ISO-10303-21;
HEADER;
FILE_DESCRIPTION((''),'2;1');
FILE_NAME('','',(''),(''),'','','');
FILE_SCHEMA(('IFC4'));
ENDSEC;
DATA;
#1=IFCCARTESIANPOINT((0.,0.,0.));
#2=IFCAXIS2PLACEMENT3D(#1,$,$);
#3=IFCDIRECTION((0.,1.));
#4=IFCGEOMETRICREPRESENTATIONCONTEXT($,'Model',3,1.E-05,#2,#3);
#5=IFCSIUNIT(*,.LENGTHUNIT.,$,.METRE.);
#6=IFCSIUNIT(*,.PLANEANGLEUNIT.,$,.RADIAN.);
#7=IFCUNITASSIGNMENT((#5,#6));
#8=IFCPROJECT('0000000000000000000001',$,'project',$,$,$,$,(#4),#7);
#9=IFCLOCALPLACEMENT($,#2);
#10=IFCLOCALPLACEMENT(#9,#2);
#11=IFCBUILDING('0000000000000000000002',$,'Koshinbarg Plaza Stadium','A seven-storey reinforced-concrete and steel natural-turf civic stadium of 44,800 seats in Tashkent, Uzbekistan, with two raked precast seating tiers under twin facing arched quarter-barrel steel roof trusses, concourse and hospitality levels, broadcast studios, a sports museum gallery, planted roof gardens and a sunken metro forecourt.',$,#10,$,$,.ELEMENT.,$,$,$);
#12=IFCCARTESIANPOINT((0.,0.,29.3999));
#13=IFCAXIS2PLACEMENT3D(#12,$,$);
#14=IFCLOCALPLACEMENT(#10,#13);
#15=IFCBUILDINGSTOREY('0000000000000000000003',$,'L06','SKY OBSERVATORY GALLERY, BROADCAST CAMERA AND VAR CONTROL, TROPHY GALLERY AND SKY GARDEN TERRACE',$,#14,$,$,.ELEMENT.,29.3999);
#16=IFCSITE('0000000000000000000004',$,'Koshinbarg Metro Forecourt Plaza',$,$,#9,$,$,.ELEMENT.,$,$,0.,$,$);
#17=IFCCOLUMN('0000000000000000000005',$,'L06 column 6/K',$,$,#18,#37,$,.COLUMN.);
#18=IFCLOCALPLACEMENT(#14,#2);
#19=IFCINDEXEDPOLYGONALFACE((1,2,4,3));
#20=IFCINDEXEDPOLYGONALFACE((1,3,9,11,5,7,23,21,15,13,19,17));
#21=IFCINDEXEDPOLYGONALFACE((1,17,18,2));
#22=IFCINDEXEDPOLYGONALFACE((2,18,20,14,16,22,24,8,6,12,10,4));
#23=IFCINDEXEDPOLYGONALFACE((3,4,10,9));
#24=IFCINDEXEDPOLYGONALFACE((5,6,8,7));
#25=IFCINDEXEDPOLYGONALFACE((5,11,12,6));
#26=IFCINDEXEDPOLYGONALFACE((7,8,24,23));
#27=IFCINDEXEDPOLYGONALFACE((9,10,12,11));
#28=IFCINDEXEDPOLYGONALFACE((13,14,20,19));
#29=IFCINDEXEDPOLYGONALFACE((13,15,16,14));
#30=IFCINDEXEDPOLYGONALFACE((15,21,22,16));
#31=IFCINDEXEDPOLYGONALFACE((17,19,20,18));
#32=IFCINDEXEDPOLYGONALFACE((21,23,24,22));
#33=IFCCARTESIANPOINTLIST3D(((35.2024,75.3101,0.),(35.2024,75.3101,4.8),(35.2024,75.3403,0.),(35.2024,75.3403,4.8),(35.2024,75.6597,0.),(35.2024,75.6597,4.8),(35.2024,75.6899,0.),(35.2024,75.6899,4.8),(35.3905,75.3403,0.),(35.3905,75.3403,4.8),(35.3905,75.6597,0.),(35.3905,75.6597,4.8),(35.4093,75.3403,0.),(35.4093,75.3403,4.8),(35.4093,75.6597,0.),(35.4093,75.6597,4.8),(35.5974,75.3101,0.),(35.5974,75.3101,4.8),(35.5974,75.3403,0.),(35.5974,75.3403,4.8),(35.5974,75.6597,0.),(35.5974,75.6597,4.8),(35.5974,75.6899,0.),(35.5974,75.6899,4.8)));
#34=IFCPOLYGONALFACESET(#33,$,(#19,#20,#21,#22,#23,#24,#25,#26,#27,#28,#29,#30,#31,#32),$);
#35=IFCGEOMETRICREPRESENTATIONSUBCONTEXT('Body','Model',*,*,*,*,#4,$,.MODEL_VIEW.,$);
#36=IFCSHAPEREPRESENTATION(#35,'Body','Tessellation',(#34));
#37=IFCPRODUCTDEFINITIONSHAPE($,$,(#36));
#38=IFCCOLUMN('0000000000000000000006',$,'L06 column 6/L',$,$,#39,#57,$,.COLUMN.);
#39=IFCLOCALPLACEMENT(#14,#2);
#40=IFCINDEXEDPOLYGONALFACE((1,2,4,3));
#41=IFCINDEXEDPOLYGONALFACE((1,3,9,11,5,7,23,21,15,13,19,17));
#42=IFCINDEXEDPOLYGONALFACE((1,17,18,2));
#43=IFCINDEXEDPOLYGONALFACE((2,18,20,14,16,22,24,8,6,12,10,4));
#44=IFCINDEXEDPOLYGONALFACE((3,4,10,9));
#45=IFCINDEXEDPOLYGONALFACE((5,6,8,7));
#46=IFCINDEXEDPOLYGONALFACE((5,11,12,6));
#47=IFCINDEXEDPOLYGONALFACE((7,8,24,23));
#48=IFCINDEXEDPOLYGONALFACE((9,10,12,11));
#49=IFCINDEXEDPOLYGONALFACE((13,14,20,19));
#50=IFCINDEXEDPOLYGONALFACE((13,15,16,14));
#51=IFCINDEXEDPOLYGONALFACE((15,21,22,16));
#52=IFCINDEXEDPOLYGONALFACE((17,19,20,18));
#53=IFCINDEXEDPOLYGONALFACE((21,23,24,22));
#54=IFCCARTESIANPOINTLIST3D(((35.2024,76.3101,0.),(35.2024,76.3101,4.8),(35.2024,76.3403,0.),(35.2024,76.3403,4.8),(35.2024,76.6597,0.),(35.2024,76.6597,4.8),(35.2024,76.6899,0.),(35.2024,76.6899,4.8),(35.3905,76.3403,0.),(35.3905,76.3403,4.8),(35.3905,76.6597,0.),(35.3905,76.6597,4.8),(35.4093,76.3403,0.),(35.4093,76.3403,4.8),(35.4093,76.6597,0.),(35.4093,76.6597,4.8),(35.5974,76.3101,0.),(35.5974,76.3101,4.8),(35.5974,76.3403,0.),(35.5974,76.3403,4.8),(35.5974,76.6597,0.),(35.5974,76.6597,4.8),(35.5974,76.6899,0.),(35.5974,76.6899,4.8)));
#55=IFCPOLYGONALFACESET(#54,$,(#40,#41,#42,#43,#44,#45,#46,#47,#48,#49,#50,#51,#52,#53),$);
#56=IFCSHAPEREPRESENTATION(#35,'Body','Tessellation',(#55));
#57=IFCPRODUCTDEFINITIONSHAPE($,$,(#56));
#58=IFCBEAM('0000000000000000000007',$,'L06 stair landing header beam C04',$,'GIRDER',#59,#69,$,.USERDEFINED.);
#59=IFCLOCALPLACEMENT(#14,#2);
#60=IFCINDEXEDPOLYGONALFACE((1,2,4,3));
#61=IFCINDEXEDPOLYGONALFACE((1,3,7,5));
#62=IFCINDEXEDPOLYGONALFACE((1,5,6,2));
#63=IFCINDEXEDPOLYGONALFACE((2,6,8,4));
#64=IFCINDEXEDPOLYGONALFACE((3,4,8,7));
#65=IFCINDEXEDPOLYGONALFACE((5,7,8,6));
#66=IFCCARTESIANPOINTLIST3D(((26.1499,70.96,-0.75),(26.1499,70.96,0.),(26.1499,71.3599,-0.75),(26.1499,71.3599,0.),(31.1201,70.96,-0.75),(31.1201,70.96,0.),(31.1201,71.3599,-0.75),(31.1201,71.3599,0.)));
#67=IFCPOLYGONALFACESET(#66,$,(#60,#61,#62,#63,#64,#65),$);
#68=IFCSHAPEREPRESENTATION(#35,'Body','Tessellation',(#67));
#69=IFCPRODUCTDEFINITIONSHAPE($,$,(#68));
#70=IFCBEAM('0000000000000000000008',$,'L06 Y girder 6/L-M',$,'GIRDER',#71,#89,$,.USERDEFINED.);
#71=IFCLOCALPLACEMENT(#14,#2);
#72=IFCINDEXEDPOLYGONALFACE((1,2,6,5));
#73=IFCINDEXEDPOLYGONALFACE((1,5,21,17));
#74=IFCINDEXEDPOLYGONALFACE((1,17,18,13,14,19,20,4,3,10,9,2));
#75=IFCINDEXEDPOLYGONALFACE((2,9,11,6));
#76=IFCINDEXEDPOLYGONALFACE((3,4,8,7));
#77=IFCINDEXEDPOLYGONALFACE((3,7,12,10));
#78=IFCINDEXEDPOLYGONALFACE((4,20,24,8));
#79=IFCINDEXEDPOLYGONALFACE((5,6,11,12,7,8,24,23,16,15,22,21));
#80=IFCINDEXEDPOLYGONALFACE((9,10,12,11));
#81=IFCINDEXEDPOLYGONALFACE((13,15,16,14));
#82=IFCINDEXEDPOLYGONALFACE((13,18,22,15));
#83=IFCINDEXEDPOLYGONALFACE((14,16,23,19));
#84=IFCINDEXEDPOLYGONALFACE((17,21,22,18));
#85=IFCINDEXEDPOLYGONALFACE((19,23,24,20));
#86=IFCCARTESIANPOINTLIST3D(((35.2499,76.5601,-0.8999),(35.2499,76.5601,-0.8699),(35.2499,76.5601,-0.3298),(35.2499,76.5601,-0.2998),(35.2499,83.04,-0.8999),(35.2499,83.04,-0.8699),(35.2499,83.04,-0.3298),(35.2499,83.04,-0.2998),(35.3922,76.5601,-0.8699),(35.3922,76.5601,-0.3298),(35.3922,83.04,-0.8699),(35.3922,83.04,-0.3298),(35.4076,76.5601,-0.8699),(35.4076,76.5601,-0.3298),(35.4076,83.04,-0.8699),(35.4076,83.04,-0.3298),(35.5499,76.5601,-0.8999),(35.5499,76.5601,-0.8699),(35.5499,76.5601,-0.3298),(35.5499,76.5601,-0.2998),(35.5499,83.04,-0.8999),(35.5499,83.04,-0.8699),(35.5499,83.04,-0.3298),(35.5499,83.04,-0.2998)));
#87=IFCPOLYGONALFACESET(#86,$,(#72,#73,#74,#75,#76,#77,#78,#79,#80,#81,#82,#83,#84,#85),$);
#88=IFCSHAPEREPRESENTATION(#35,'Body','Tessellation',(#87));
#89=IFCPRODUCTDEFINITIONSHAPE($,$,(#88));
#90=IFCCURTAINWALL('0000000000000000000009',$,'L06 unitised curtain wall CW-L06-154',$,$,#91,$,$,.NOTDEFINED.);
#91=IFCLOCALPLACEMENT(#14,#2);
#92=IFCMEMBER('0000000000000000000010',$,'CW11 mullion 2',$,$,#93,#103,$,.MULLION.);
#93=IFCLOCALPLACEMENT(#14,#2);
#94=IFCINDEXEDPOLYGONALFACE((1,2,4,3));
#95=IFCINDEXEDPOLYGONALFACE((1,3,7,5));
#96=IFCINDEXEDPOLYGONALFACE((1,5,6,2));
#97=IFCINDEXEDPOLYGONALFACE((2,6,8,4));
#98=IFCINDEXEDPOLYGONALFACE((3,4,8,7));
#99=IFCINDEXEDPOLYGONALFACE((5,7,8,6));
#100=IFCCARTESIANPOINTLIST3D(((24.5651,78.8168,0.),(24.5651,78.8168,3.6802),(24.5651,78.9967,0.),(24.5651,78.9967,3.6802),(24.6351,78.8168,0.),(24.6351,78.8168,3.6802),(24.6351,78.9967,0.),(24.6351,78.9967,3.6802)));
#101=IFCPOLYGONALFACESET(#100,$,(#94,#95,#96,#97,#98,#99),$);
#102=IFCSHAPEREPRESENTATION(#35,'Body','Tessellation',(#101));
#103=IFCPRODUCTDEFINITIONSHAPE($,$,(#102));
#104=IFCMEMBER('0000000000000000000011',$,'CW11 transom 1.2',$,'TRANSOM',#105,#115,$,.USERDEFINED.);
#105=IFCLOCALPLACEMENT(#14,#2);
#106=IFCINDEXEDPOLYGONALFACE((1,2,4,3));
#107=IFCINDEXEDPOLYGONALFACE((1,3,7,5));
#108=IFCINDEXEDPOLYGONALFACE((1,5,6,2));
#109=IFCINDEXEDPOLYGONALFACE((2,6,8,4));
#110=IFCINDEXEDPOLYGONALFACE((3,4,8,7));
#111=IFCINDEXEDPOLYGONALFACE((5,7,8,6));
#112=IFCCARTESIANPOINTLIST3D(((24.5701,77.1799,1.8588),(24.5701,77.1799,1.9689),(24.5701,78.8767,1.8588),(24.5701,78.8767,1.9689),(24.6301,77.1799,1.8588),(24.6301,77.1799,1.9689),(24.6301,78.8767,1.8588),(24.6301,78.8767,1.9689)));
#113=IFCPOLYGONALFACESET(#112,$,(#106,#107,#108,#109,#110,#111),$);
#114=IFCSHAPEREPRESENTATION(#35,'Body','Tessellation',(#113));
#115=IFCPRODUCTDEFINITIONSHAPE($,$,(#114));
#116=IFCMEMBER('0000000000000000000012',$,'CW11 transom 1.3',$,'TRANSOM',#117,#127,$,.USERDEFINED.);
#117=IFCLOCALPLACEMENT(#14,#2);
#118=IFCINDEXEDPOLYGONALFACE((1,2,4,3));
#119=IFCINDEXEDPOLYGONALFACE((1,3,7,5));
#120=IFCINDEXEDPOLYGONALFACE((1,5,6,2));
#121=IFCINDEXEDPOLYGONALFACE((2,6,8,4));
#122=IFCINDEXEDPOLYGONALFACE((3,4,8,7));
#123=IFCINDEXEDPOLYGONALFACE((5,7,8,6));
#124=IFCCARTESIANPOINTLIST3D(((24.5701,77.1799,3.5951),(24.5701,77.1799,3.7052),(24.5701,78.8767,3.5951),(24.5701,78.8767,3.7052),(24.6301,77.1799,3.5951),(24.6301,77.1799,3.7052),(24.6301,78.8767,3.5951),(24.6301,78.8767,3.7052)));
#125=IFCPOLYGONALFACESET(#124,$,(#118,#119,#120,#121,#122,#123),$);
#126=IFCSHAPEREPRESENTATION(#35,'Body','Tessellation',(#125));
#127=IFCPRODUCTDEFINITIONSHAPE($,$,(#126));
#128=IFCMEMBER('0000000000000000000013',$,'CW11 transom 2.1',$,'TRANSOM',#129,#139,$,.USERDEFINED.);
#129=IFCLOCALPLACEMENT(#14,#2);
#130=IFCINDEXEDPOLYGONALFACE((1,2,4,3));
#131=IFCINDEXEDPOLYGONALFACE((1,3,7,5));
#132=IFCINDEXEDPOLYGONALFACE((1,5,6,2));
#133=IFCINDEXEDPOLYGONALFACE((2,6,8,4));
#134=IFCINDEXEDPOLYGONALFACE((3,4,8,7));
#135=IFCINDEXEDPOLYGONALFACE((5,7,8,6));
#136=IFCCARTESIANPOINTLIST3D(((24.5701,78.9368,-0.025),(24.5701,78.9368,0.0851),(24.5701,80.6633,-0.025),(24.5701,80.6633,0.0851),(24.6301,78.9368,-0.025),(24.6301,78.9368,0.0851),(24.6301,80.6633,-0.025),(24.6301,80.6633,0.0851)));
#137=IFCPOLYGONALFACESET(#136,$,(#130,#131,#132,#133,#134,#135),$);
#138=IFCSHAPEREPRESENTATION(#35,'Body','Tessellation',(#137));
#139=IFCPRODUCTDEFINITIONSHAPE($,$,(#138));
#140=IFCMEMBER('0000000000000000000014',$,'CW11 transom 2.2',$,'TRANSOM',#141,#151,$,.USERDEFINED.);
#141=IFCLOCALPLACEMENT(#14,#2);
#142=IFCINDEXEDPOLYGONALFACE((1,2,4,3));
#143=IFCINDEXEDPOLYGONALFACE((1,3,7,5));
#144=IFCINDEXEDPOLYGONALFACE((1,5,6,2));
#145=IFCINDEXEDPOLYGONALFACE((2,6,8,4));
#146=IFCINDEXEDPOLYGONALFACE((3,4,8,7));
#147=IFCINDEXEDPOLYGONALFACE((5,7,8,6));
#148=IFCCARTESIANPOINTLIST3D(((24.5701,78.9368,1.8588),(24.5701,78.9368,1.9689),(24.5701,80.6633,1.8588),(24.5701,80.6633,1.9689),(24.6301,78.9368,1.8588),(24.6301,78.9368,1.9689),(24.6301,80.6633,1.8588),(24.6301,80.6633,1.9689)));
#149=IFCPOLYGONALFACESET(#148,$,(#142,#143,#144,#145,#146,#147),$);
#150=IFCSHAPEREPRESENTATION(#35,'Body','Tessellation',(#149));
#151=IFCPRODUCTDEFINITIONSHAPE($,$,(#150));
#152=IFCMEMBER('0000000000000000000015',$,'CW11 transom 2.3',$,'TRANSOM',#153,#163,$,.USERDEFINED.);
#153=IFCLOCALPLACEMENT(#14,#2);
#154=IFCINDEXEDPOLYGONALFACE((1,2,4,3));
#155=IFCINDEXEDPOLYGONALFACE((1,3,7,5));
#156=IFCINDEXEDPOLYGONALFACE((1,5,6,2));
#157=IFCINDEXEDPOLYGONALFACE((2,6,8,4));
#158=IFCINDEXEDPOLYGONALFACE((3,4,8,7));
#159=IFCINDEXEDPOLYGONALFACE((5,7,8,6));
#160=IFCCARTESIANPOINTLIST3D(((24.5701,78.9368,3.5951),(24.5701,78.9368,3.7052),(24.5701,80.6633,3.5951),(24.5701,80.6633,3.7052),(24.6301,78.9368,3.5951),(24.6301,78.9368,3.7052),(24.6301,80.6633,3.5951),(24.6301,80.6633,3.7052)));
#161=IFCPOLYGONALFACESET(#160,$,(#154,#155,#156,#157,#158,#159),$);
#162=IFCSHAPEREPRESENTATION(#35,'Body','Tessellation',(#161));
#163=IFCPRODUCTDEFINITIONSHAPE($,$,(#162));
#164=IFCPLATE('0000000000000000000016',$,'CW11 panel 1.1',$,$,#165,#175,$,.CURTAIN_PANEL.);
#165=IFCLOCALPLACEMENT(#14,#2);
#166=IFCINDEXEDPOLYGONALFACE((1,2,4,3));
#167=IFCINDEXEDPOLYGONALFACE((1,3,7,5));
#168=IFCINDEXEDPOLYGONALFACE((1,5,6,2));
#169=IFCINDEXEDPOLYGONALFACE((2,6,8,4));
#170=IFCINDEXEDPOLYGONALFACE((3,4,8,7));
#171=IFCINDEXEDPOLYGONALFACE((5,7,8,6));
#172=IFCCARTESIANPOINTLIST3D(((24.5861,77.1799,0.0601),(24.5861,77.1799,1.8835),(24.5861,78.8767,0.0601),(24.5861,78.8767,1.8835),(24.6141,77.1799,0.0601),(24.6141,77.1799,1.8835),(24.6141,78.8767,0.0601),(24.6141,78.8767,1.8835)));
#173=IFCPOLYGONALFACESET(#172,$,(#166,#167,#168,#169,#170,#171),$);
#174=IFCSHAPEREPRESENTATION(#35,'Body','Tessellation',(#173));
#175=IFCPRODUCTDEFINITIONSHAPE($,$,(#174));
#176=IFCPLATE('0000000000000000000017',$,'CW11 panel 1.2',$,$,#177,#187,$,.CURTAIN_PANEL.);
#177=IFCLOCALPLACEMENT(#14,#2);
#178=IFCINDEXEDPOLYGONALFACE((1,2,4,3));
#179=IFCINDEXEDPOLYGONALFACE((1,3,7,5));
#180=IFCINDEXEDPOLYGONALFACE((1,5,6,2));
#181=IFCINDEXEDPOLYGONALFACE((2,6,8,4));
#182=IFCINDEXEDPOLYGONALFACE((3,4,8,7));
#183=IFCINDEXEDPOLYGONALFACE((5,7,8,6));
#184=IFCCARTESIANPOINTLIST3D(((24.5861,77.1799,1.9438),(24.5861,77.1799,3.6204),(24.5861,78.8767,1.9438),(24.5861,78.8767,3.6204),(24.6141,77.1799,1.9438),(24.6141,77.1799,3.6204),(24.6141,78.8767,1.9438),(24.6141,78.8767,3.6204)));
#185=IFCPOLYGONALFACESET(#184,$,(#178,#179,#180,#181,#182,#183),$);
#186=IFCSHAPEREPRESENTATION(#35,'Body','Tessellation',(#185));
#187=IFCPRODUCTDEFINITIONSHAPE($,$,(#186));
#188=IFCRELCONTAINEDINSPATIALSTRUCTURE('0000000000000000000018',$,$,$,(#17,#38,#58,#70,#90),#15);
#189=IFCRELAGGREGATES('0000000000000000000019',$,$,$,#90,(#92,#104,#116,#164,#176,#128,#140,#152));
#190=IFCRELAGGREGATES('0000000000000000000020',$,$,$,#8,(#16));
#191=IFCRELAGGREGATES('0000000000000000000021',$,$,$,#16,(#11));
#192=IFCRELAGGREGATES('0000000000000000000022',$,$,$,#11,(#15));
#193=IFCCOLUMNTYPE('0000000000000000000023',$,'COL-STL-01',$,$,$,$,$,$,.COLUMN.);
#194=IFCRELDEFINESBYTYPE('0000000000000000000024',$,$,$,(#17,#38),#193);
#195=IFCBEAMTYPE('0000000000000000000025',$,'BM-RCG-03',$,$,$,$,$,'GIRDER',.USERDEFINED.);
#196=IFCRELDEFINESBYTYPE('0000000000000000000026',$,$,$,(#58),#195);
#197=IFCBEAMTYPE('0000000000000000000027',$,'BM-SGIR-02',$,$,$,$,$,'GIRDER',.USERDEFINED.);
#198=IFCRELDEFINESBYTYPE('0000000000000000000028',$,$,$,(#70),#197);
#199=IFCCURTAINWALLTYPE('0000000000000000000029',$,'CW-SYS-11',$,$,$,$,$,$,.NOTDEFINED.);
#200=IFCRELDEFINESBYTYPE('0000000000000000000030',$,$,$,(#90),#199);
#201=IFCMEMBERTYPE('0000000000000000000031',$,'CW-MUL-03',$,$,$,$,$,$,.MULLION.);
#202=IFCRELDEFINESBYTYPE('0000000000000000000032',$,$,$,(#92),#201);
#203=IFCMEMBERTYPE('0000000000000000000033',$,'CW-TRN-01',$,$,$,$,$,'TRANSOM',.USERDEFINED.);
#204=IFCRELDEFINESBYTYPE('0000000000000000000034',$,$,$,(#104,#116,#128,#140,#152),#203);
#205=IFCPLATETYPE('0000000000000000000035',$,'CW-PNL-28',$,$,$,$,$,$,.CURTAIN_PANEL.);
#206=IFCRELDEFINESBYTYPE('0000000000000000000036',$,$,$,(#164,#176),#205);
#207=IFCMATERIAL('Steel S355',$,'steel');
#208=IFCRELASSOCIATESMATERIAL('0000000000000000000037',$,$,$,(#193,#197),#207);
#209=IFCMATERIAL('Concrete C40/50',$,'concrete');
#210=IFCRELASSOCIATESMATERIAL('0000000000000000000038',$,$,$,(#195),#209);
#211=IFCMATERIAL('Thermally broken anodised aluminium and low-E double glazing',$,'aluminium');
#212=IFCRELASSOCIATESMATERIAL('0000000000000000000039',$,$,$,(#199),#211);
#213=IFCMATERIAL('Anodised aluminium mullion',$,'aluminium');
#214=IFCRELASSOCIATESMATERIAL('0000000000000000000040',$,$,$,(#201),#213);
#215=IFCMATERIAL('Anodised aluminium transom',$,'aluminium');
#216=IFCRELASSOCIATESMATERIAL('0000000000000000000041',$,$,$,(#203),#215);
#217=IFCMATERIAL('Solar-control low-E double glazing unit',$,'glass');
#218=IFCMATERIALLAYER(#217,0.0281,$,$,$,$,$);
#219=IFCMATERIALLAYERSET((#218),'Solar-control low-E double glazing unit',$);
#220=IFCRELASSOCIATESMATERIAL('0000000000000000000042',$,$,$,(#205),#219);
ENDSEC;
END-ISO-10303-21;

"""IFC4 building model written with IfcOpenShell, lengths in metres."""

from ifc_helpers import new_model, si_unit, direction, frame, origin, origin_2d, place, context, subcontext, project, spatial, rectangle, i_section, extrude, material, layer, layer_set, material_profile, profile_set, type_object, element, aggregate, save


model = new_model("IFC4")

# Units and contexts
model_context = context("Model", 3, precision=1e-05, world=origin(), true_north=direction((0.0, 1.0)))
body_context = subcontext(model_context, "Body", "Model", "MODEL_VIEW")
ifc_project = project(units=[si_unit("LENGTHUNIT", "METRE"), si_unit("PLANEANGLEUNIT", "RADIAN")], contexts=[model_context])

# Site, building, storey
site_placement = place(None, origin())
site = spatial("IfcSite", under=ifc_project, at=site_placement, Name="Koshinbarg Metro Forecourt Plaza", CompositionType="ELEMENT", RefElevation=0.0)
building_placement = place(site_placement, origin())
building = spatial("IfcBuilding", under=site, at=building_placement, Name="Koshinbarg Plaza Stadium", Description="A seven-storey reinforced-concrete and steel natural-turf civic stadium of 44,800 seats in Tashkent, Uzbekistan, with two raked precast seating tiers under twin facing arched quarter-barrel steel roof trusses, concourse and hospitality levels, broadcast studios, a sports museum gallery, planted roof gardens and a sunken metro forecourt.", CompositionType="ELEMENT")
storey_placement = place(building_placement, frame((0.0, 0.0, 29.3999)))
storey = spatial("IfcBuildingStorey", under=building, at=storey_placement, Name="L06", Description="SKY OBSERVATORY GALLERY, BROADCAST CAMERA AND VAR CONTROL, TROPHY GALLERY AND SKY GARDEN TERRACE", CompositionType="ELEMENT", Elevation=29.3999)

# Columns
ifc_material_1 = material(Name="Steel S355", Category="steel")
ifc_material_profile_1 = material_profile(ifc_material_1, i_section(OverallWidth=0.395, OverallDepth=0.3799, WebThickness=0.0188, FlangeThickness=0.0303, at=origin_2d()), Name="HD 400x237")
ifc_profile_set_1 = profile_set([ifc_material_profile_1], Name="Steel S355")
column_type = type_object("IfcColumnType", Name="COL-STL-01", PredefinedType="COLUMN", material=ifc_profile_set_1)
for number, where, z_axis, x_axis, name in (
    (1, (35.3999, 75.5, 0.0), (0.0, 0.0, 1.0), (1.0, 0.0, 0.0), "L06 column 6/K"),
    (2, (35.3999, 76.5, 0.0), (0.0, 0.0, 1.0), (1.0, 0.0, 0.0), "L06 column 6/L"),
):
    element("IfcColumn", number, at=place(storey_placement, frame(where, z_axis=z_axis, x_axis=x_axis)), inside=storey, type_object=column_type, Name=name, PredefinedType="COLUMN", context=body_context, shape_type="SweptSolid", body=[
        extrude(i_section(OverallWidth=0.395, OverallDepth=0.3799, WebThickness=0.0188, FlangeThickness=0.0303, at=origin_2d()), origin(), (0.0, 0.0, 1.0), 4.8),
    ])

# Beams
ifc_material_2 = material(Name="Concrete C40/50", Category="concrete")
ifc_material_profile_2 = material_profile(ifc_material_2, rectangle(XDim=0.3999, YDim=0.75, at=origin_2d()), Name="RC 400x750")
ifc_profile_set_2 = profile_set([ifc_material_profile_2], Name="Concrete C40/50")
beam_type_1 = type_object("IfcBeamType", Name="BM-RCG-03", ElementType="GIRDER", PredefinedType="USERDEFINED", material=ifc_profile_set_2)
beam_1_placement = place(storey_placement, frame((26.1499, 71.1599, -0.375), z_axis=(1.0, 0.0, 0.0), x_axis=(0.0, 1.0, 0.0)))
element("IfcBeam", 3, at=beam_1_placement, inside=storey, type_object=beam_type_1, Name="L06 stair landing header beam C04", ObjectType="GIRDER", PredefinedType="USERDEFINED", context=body_context, shape_type="SweptSolid", body=[
    extrude(rectangle(XDim=0.3999, YDim=0.75, at=origin_2d()), origin(), (0.0, 0.0, 1.0), 4.9702),
])
ifc_material_profile_3 = material_profile(ifc_material_1, i_section(OverallWidth=0.3, OverallDepth=0.6001, WebThickness=0.0154, FlangeThickness=0.03, at=origin_2d()), Name="HEB 600")
ifc_profile_set_3 = profile_set([ifc_material_profile_3], Name="Steel S355")
beam_type_2 = type_object("IfcBeamType", Name="BM-SGIR-02", ElementType="GIRDER", PredefinedType="USERDEFINED", material=ifc_profile_set_3)
beam_2_placement = place(storey_placement, frame((35.3999, 76.5601, -0.5999), z_axis=(0.0, 1.0, 0.0), x_axis=(-1.0, 0.0, 0.0)))
element("IfcBeam", 4, at=beam_2_placement, inside=storey, type_object=beam_type_2, Name="L06 Y girder 6/L-M", ObjectType="GIRDER", PredefinedType="USERDEFINED", context=body_context, shape_type="SweptSolid", body=[
    extrude(i_section(OverallWidth=0.3, OverallDepth=0.6001, WebThickness=0.0154, FlangeThickness=0.03, at=origin_2d()), origin(), (0.0, 0.0, 1.0), 6.48),
])

# Curtain wall, members, plates
ifc_material_3 = material(Name="Thermally broken anodised aluminium and low-E double glazing", Category="aluminium")
curtain_wall_type = type_object("IfcCurtainWallType", Name="CW-SYS-11", PredefinedType="NOTDEFINED", material=ifc_material_3)
curtain_wall_placement = place(storey_placement, origin())
curtain_wall = element("IfcCurtainWall", 5, at=curtain_wall_placement, inside=storey, type_object=curtain_wall_type, Name="L06 unitised curtain wall CW-L06-154", PredefinedType="NOTDEFINED")
ifc_material_4 = material(Name="Anodised aluminium mullion", Category="aluminium")
ifc_material_profile_4 = material_profile(ifc_material_4, rectangle(XDim=0.0701, YDim=0.1799, at=origin_2d()), Name="ALU 70x180")
ifc_profile_set_4 = profile_set([ifc_material_profile_4], Name="Anodised aluminium mullion")
member_type_1 = type_object("IfcMemberType", Name="CW-MUL-03", PredefinedType="MULLION", material=ifc_profile_set_4)
member_1_placement = place(storey_placement, frame((24.6001, 78.9067, 0.0), z_axis=(0.0, 0.0, 1.0), x_axis=(-1.0, 0.0, 0.0)))
member_1 = element("IfcMember", 6, at=member_1_placement, type_object=member_type_1, Name="CW11 mullion 2", PredefinedType="MULLION", context=body_context, shape_type="SweptSolid", body=[
    extrude(rectangle(XDim=0.0701, YDim=0.1799, at=origin_2d()), origin(), (0.0, 0.0, 1.0), 3.6802),
])
ifc_material_5 = material(Name="Anodised aluminium transom", Category="aluminium")
ifc_material_profile_5 = material_profile(ifc_material_5, rectangle(XDim=0.0601, YDim=0.1101, at=origin_2d()), Name="ALU 60x110")
ifc_profile_set_5 = profile_set([ifc_material_profile_5], Name="Anodised aluminium transom")
member_type_2 = type_object("IfcMemberType", Name="CW-TRN-01", ElementType="TRANSOM", PredefinedType="USERDEFINED", material=ifc_profile_set_5)
member_2_placement = place(storey_placement, frame((24.6001, 77.1799, 1.9138), z_axis=(0.0, 1.0, 0.0), x_axis=(-1.0, 0.0, 0.0)))
member_2 = element("IfcMember", 7, at=member_2_placement, type_object=member_type_2, Name="CW11 transom 1.2", ObjectType="TRANSOM", PredefinedType="USERDEFINED", context=body_context, shape_type="SweptSolid", body=[
    extrude(rectangle(XDim=0.0601, YDim=0.1101, at=origin_2d()), origin(), (0.0, 0.0, 1.0), 1.6968),
])
member_3_placement = place(storey_placement, frame((24.6001, 77.1799, 3.6501), z_axis=(0.0, 1.0, 0.0), x_axis=(-1.0, 0.0, 0.0)))
member_3 = element("IfcMember", 8, at=member_3_placement, type_object=member_type_2, Name="CW11 transom 1.3", ObjectType="TRANSOM", PredefinedType="USERDEFINED", context=body_context, shape_type="SweptSolid", body=[
    extrude(rectangle(XDim=0.0601, YDim=0.1101, at=origin_2d()), origin(), (0.0, 0.0, 1.0), 1.6968),
])
member_4_placement = place(storey_placement, frame((24.6001, 78.9368, 0.03), z_axis=(0.0, 1.0, 0.0), x_axis=(-1.0, 0.0, 0.0)))
member_4 = element("IfcMember", 9, at=member_4_placement, type_object=member_type_2, Name="CW11 transom 2.1", ObjectType="TRANSOM", PredefinedType="USERDEFINED", context=body_context, shape_type="SweptSolid", body=[
    extrude(rectangle(XDim=0.0601, YDim=0.1101, at=origin_2d()), origin(), (0.0, 0.0, 1.0), 1.7266),
])
member_5_placement = place(storey_placement, frame((24.6001, 78.9368, 1.9138), z_axis=(0.0, 1.0, 0.0), x_axis=(-1.0, 0.0, 0.0)))
member_5 = element("IfcMember", 10, at=member_5_placement, type_object=member_type_2, Name="CW11 transom 2.2", ObjectType="TRANSOM", PredefinedType="USERDEFINED", context=body_context, shape_type="SweptSolid", body=[
    extrude(rectangle(XDim=0.0601, YDim=0.1101, at=origin_2d()), origin(), (0.0, 0.0, 1.0), 1.7266),
])
member_6_placement = place(storey_placement, frame((24.6001, 78.9368, 3.6501), z_axis=(0.0, 1.0, 0.0), x_axis=(-1.0, 0.0, 0.0)))
member_6 = element("IfcMember", 11, at=member_6_placement, type_object=member_type_2, Name="CW11 transom 2.3", ObjectType="TRANSOM", PredefinedType="USERDEFINED", context=body_context, shape_type="SweptSolid", body=[
    extrude(rectangle(XDim=0.0601, YDim=0.1101, at=origin_2d()), origin(), (0.0, 0.0, 1.0), 1.7266),
])
ifc_material_6 = material(Name="Solar-control low-E double glazing unit", Category="glass")
ifc_layer_1 = layer(ifc_material_6, 0.0281)
ifc_layer_set_1 = layer_set([ifc_layer_1], Name="Solar-control low-E double glazing unit")
plate_type = type_object("IfcPlateType", Name="CW-PNL-28", PredefinedType="CURTAIN_PANEL", material=ifc_layer_set_1)
plate_1_placement = place(storey_placement, frame((24.6001, 78.0283, 0.0601), z_axis=(0.0, 0.0, 1.0), x_axis=(0.0, 1.0, 0.0)))
plate_1 = element("IfcPlate", 12, at=plate_1_placement, type_object=plate_type, Name="CW11 panel 1.1", PredefinedType="CURTAIN_PANEL", context=body_context, shape_type="SweptSolid", body=[
    extrude(rectangle(XDim=1.6968, YDim=0.0281, at=origin_2d()), origin(), (0.0, 0.0, 1.0), 1.8235),
])
plate_2_placement = place(storey_placement, frame((24.6001, 78.0283, 1.9438), z_axis=(0.0, 0.0, 1.0), x_axis=(0.0, 1.0, 0.0)))
plate_2 = element("IfcPlate", 13, at=plate_2_placement, type_object=plate_type, Name="CW11 panel 1.2", PredefinedType="CURTAIN_PANEL", context=body_context, shape_type="SweptSolid", body=[
    extrude(rectangle(XDim=1.6968, YDim=0.0281, at=origin_2d()), origin(), (0.0, 0.0, 1.0), 1.6765),
])
aggregate(curtain_wall, [member_1, member_2, member_3, plate_1, plate_2, member_4, member_5, member_6])

save(model, "model.ifc")
